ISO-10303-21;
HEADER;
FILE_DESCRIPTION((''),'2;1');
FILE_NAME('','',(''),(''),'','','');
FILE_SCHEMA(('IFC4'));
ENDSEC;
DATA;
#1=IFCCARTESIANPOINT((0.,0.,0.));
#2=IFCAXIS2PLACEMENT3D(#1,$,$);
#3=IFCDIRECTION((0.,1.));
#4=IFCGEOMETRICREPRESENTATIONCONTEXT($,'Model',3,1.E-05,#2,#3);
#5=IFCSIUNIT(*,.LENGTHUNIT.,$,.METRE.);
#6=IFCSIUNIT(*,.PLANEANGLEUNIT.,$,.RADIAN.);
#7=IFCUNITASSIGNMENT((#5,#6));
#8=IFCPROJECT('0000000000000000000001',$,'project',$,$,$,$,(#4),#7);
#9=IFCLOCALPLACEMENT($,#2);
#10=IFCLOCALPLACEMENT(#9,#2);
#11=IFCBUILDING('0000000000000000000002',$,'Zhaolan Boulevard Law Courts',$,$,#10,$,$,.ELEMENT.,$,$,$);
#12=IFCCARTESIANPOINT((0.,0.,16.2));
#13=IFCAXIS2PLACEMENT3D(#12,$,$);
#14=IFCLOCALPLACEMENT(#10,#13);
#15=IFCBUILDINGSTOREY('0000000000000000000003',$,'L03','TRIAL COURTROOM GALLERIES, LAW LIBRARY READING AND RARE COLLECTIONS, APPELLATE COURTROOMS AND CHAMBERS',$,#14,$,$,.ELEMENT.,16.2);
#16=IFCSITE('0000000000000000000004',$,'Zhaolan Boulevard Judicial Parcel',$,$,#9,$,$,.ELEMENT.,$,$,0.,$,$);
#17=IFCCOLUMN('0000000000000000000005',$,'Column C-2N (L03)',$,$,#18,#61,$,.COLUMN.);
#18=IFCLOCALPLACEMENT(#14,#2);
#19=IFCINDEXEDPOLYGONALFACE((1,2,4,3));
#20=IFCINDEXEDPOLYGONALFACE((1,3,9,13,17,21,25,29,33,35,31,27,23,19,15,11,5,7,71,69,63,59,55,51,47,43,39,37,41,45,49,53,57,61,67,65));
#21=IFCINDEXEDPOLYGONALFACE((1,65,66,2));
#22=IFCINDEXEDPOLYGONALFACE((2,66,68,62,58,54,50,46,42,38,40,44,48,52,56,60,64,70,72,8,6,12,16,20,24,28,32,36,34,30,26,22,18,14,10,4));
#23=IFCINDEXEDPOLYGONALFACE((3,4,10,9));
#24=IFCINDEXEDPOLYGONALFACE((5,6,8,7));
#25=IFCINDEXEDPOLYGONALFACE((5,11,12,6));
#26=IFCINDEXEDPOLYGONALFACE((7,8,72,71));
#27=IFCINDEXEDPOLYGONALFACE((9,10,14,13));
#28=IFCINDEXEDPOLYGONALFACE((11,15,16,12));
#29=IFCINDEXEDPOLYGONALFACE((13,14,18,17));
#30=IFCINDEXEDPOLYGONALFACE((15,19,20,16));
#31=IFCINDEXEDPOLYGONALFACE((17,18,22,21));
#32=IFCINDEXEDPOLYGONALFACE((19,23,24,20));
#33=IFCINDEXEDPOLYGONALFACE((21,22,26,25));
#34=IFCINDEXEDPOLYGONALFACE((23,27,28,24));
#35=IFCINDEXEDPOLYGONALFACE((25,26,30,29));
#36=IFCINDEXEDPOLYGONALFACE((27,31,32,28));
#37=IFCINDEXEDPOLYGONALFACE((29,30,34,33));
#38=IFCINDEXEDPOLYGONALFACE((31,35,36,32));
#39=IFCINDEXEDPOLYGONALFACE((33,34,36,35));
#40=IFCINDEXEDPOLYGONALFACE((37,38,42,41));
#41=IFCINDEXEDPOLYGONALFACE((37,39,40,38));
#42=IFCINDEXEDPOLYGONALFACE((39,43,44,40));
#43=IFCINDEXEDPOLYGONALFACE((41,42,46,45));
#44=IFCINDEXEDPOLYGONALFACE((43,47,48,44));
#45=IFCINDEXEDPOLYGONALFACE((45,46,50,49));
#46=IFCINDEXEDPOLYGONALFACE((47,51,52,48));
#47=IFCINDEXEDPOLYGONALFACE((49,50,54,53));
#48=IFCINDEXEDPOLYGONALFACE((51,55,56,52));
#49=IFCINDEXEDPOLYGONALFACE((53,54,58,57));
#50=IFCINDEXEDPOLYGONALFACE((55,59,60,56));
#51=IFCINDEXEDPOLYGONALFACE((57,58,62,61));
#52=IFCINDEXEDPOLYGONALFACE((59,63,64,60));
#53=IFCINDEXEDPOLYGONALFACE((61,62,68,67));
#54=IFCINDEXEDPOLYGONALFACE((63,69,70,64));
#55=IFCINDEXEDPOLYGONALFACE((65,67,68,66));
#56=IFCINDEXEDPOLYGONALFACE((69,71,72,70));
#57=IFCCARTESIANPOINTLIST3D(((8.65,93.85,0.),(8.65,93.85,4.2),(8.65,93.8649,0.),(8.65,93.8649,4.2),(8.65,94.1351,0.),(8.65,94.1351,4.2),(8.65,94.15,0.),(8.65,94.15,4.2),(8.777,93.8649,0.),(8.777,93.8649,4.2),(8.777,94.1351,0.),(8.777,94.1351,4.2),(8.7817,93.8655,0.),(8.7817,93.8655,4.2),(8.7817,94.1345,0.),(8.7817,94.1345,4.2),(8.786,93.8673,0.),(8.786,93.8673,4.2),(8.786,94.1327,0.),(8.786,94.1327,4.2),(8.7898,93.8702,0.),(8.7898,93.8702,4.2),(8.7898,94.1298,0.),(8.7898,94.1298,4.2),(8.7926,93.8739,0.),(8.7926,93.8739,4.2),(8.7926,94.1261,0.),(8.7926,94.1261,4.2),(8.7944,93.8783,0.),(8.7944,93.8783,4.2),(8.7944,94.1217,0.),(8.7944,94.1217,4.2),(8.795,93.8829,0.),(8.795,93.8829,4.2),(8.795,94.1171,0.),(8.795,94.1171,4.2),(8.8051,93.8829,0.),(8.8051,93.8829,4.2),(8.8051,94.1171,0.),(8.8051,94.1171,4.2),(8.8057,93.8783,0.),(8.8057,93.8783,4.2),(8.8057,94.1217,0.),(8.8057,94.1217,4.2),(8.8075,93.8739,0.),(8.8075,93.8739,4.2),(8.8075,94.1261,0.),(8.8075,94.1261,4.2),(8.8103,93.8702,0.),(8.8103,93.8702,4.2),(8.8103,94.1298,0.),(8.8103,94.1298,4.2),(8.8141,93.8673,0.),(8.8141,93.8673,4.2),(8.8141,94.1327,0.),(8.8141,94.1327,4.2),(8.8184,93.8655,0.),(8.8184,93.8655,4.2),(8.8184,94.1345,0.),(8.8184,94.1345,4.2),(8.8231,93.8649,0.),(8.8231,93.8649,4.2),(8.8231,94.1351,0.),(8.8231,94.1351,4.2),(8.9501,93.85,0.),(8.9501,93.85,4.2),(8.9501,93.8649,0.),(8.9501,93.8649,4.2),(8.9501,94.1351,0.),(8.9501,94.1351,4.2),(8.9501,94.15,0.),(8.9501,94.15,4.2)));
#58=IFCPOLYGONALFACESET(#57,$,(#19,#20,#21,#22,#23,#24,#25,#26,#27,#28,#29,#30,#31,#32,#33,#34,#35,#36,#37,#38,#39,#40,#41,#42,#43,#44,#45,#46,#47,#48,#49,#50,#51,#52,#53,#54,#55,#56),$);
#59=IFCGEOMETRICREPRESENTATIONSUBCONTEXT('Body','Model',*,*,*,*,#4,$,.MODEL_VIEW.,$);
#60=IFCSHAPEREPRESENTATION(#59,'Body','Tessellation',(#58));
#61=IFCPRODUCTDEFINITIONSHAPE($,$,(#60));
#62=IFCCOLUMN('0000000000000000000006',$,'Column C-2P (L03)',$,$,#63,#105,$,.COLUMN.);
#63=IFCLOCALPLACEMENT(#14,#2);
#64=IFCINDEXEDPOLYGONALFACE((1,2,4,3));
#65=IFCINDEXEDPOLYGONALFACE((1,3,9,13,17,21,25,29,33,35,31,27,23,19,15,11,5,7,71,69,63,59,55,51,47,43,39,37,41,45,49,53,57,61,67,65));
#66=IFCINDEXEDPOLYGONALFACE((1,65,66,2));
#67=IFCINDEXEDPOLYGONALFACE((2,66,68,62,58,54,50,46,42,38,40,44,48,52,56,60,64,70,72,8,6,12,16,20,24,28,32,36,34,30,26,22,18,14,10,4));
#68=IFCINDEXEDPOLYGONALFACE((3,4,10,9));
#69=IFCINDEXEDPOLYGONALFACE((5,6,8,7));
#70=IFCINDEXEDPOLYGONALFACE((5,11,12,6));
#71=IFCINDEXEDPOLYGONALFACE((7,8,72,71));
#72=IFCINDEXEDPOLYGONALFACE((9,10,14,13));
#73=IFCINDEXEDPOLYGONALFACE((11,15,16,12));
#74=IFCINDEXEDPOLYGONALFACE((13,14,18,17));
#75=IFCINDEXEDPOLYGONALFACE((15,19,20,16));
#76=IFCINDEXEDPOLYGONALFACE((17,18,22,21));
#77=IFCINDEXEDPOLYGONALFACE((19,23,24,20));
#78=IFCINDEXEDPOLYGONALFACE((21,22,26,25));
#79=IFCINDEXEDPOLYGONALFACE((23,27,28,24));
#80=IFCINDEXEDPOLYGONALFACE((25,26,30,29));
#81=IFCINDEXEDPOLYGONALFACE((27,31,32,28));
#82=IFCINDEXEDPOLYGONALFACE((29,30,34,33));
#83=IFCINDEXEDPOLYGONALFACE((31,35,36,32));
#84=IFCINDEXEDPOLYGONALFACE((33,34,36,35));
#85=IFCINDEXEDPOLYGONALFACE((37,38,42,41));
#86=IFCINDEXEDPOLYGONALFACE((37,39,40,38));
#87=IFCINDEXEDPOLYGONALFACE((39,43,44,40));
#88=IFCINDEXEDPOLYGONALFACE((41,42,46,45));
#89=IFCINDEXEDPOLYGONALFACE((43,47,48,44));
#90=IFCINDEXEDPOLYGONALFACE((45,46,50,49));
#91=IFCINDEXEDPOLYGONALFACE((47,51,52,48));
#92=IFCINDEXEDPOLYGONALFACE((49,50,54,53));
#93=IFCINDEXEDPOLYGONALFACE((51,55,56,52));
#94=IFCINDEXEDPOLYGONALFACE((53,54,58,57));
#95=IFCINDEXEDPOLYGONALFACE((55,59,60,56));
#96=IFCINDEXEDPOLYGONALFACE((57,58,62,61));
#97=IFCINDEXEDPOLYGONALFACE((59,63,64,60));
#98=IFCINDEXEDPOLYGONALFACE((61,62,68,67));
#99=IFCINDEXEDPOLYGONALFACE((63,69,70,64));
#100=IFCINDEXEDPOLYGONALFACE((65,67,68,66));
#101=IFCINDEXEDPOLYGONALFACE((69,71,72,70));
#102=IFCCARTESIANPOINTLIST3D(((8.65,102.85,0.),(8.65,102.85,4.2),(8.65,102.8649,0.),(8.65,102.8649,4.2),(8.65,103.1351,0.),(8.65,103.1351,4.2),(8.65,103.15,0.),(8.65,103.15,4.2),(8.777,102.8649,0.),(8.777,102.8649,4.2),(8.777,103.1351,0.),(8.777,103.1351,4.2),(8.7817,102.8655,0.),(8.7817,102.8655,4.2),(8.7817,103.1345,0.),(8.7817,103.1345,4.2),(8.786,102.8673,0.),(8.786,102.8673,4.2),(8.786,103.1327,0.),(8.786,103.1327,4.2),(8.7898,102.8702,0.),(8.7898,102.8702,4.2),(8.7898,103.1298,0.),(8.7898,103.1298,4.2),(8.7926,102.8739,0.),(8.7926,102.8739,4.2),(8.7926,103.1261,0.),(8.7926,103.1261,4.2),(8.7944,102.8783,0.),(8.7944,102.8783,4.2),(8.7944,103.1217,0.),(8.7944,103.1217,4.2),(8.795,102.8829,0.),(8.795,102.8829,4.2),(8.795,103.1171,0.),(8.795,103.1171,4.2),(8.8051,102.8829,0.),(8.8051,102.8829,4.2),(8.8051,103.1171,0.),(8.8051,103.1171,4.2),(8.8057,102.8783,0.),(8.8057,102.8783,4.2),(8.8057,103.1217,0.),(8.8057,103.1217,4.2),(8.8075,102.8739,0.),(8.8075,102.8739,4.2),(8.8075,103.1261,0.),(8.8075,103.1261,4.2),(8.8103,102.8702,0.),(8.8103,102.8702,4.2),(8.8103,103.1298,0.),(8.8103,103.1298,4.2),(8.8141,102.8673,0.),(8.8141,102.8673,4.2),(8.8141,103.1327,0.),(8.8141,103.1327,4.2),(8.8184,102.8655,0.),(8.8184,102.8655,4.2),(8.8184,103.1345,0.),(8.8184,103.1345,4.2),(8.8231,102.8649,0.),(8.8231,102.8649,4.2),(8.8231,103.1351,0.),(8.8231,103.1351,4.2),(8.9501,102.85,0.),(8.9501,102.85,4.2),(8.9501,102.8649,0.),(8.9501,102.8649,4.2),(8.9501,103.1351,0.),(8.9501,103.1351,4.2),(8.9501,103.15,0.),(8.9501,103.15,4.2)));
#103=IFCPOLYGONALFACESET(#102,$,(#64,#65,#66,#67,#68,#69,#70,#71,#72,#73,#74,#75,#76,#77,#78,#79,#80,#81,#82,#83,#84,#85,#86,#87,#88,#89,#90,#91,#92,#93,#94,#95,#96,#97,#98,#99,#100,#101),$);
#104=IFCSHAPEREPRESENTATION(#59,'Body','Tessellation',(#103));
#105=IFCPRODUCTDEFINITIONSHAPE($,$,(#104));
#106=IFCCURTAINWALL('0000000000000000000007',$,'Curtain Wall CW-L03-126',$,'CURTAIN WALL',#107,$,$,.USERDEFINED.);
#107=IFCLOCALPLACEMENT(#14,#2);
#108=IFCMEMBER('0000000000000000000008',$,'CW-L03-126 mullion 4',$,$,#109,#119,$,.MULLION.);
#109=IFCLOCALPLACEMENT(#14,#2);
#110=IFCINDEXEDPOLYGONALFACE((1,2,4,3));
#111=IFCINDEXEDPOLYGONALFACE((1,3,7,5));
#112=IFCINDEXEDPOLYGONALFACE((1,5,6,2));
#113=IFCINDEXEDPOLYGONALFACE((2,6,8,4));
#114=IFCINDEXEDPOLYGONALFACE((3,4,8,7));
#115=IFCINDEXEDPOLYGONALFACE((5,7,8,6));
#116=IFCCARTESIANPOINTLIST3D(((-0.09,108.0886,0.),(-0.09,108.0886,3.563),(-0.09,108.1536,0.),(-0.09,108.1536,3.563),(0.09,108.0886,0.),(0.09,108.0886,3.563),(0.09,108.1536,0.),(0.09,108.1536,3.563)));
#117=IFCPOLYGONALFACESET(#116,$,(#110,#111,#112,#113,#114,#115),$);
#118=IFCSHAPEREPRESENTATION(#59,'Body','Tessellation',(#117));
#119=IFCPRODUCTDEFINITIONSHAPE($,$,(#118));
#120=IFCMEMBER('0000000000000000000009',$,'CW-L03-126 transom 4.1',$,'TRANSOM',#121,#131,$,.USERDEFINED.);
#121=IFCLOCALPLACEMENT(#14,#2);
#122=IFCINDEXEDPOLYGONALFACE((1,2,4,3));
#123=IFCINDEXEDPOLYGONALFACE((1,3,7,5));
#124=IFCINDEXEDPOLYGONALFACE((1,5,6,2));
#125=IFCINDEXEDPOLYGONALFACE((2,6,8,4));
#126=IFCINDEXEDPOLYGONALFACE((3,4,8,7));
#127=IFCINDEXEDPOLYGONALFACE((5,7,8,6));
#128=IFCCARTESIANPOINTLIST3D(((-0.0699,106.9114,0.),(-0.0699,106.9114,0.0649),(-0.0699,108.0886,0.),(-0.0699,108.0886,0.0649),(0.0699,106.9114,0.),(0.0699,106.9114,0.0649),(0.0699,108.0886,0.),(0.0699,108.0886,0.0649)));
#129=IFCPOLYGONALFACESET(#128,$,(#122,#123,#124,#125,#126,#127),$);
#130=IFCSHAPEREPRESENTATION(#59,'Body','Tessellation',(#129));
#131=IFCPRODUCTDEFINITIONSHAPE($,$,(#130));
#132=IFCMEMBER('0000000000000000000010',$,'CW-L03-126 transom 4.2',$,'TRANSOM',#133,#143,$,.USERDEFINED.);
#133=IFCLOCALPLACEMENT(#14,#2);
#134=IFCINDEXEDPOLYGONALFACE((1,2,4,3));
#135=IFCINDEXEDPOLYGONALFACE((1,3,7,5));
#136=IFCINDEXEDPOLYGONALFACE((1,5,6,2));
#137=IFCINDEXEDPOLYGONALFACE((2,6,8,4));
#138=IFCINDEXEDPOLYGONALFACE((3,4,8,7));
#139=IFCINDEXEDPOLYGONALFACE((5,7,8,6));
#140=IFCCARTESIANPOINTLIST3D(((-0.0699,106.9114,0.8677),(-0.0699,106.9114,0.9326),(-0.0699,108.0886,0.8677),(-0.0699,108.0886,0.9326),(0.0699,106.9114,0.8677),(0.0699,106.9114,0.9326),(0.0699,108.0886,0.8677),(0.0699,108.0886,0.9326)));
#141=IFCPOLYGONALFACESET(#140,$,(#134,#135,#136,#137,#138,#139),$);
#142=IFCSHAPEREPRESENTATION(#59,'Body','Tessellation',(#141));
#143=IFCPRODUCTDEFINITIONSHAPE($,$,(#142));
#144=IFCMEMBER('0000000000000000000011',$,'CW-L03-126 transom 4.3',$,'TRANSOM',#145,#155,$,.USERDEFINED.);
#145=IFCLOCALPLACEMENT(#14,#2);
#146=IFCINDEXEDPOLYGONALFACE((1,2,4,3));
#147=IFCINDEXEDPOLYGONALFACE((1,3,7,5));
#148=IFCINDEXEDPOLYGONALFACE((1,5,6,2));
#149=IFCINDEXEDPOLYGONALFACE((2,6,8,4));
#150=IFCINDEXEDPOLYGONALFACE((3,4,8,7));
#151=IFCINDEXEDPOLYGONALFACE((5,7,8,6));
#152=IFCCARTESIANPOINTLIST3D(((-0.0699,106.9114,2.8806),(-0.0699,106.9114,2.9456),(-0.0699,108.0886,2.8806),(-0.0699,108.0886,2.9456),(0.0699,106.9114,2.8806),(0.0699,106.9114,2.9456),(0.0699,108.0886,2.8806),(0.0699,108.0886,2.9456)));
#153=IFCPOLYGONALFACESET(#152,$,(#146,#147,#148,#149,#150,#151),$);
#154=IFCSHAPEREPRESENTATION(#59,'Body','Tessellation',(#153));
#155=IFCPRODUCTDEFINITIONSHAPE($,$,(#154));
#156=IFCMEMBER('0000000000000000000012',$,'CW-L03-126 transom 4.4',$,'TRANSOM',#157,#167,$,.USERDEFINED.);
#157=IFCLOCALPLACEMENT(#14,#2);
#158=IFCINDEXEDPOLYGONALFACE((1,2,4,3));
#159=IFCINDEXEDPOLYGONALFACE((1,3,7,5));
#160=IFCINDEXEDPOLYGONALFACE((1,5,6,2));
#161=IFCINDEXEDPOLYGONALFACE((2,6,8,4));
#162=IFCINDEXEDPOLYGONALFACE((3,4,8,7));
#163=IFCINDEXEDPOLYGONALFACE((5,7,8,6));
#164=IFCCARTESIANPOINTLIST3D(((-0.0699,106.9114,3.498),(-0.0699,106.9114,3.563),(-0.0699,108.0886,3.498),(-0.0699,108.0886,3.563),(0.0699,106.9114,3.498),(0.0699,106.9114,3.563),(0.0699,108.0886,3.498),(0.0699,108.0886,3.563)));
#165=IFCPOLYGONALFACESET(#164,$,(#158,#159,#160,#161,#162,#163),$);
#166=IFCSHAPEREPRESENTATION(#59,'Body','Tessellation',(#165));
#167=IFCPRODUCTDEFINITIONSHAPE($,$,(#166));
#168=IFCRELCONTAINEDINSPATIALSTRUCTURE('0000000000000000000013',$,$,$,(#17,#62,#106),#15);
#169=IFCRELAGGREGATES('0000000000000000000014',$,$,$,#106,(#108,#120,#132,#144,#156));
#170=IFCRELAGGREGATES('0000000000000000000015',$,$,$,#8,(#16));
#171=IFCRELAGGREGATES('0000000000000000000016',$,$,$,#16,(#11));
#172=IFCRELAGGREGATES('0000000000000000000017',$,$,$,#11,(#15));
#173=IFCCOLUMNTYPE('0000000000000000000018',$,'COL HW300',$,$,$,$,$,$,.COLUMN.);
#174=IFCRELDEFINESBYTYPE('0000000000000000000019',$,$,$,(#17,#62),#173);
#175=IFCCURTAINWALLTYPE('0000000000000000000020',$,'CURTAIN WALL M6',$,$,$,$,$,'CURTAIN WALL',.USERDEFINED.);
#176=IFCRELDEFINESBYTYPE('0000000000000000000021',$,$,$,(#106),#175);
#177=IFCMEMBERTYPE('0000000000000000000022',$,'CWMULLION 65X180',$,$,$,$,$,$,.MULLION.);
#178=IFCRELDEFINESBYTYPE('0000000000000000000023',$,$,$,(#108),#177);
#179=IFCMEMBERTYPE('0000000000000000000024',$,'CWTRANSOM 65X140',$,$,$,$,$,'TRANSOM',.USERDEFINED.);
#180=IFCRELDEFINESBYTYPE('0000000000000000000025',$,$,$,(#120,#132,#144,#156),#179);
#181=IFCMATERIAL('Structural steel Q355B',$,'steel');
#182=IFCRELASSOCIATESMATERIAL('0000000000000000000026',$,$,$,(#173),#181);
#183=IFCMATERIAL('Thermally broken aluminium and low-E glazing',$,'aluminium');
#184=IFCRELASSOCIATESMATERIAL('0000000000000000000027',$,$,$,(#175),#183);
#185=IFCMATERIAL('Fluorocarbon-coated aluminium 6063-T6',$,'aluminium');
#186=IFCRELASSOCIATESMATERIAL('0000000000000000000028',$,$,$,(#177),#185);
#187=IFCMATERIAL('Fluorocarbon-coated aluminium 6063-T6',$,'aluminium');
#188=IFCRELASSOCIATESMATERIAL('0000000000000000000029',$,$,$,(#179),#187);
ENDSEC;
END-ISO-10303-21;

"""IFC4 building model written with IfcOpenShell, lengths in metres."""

from ifc_helpers import new_model, si_unit, direction, frame, origin, origin_2d, place, context, subcontext, project, spatial, rectangle, i_section, extrude, material, material_profile, profile_set, type_object, element, aggregate, save


model = new_model("IFC4")

# Units and contexts
model_context = context("Model", 3, precision=1e-05, world=origin(), true_north=direction((0.0, 1.0)))
body_context = subcontext(model_context, "Body", "Model", "MODEL_VIEW")
ifc_project = project(units=[si_unit("LENGTHUNIT", "METRE"), si_unit("PLANEANGLEUNIT", "RADIAN")], contexts=[model_context])

# Site, building, storey
site_placement = place(None, origin())
site = spatial("IfcSite", under=ifc_project, at=site_placement, Name="Zhaolan Boulevard Judicial Parcel", CompositionType="ELEMENT", RefElevation=0.0)
building_placement = place(site_placement, origin())
building = spatial("IfcBuilding", under=site, at=building_placement, Name="Zhaolan Boulevard Law Courts", CompositionType="ELEMENT")
storey_placement = place(building_placement, frame((0.0, 0.0, 16.2)))
storey = spatial("IfcBuildingStorey", under=building, at=storey_placement, Name="L03", Description="TRIAL COURTROOM GALLERIES, LAW LIBRARY READING AND RARE COLLECTIONS, APPELLATE COURTROOMS AND CHAMBERS", CompositionType="ELEMENT", Elevation=16.2)

# Columns
ifc_material_1 = material(Name="Structural steel Q355B", Category="steel")
ifc_material_profile_1 = material_profile(ifc_material_1, i_section(OverallWidth=0.3, OverallDepth=0.3, WebThickness=0.01, FlangeThickness=0.0149, FilletRadius=0.0181, at=origin_2d()), Name="HW300x300")
ifc_profile_set_1 = profile_set([ifc_material_profile_1], Name="Structural steel Q355B")
column_type = type_object("IfcColumnType", Name="COL HW300", PredefinedType="COLUMN", material=ifc_profile_set_1)
for number, where, z_axis, x_axis, name in (
    (1, (8.8, 94.0, 0.0), (0.0, 0.0, 1.0), (1.0, 0.0, 0.0), "Column C-2N (L03)"),
    (2, (8.8, 103.0, 0.0), (0.0, 0.0, 1.0), (1.0, 0.0, 0.0), "Column C-2P (L03)"),
):
    element("IfcColumn", number, at=place(storey_placement, frame(where, z_axis=z_axis, x_axis=x_axis)), inside=storey, type_object=column_type, Name=name, PredefinedType="COLUMN", context=body_context, shape_type="SweptSolid", body=[
        extrude(i_section(OverallWidth=0.3, OverallDepth=0.3, WebThickness=0.01, FlangeThickness=0.0149, FilletRadius=0.0181, at=origin_2d()), origin(), (0.0, 0.0, 1.0), 4.2),
    ])

# Curtain wall, members
ifc_material_2 = material(Name="Thermally broken aluminium and low-E glazing", Category="aluminium")
curtain_wall_type = type_object("IfcCurtainWallType", Name="CURTAIN WALL M6", ElementType="CURTAIN WALL", PredefinedType="USERDEFINED", material=ifc_material_2)
curtain_wall_placement = place(storey_placement, origin())
curtain_wall = element("IfcCurtainWall", 3, at=curtain_wall_placement, inside=storey, type_object=curtain_wall_type, Name="Curtain Wall CW-L03-126", ObjectType="CURTAIN WALL", PredefinedType="USERDEFINED")
ifc_material_3 = material(Name="Fluorocarbon-coated aluminium 6063-T6", Category="aluminium")
ifc_material_profile_2 = material_profile(ifc_material_3, rectangle(XDim=0.1799, YDim=0.0649, at=origin_2d()), Name="AL65x180")
ifc_profile_set_2 = profile_set([ifc_material_profile_2], Name="Fluorocarbon-coated aluminium 6063-T6")
member_type_1 = type_object("IfcMemberType", Name="CWMULLION 65X180", PredefinedType="MULLION", material=ifc_profile_set_2)
member_1_placement = place(storey_placement, frame((0.0, 108.1211, 0.0), z_axis=(0.0, 0.0, 1.0), x_axis=(1.0, 0.0, 0.0)))
member_1 = element("IfcMember", 4, at=member_1_placement, type_object=member_type_1, Name="CW-L03-126 mullion 4", PredefinedType="MULLION", context=body_context, shape_type="SweptSolid", body=[
    extrude(rectangle(XDim=0.1799, YDim=0.0649, at=origin_2d()), origin(), (0.0, 0.0, 1.0), 3.563),
])
ifc_material_4 = material(Name="Fluorocarbon-coated aluminium 6063-T6", Category="aluminium")
ifc_material_profile_3 = material_profile(ifc_material_4, rectangle(XDim=0.1399, YDim=0.0649, at=origin_2d()), Name="AL65x140")
ifc_profile_set_3 = profile_set([ifc_material_profile_3], Name="Fluorocarbon-coated aluminium 6063-T6")
member_type_2 = type_object("IfcMemberType", Name="CWTRANSOM 65X140", ElementType="TRANSOM", PredefinedType="USERDEFINED", material=ifc_profile_set_3)
member_2_placement = place(storey_placement, frame((0.0, 108.0886, 0.0325), z_axis=(0.0, -1.0, 0.0), x_axis=(1.0, 0.0, 0.0)))
member_2 = element("IfcMember", 5, at=member_2_placement, type_object=member_type_2, Name="CW-L03-126 transom 4.1", ObjectType="TRANSOM", PredefinedType="USERDEFINED", context=body_context, shape_type="SweptSolid", body=[
    extrude(rectangle(XDim=0.1399, YDim=0.0649, at=origin_2d()), origin(), (0.0, 0.0, 1.0), 1.1772),
])
member_3_placement = place(storey_placement, frame((0.0, 108.0886, 0.9001), z_axis=(0.0, -1.0, 0.0), x_axis=(1.0, 0.0, 0.0)))
member_3 = element("IfcMember", 6, at=member_3_placement, type_object=member_type_2, Name="CW-L03-126 transom 4.2", ObjectType="TRANSOM", PredefinedType="USERDEFINED", context=body_context, shape_type="SweptSolid", body=[
    extrude(rectangle(XDim=0.1399, YDim=0.0649, at=origin_2d()), origin(), (0.0, 0.0, 1.0), 1.1772),
])
member_4_placement = place(storey_placement, frame((0.0, 108.0886, 2.9131), z_axis=(0.0, -1.0, 0.0), x_axis=(1.0, 0.0, 0.0)))
member_4 = element("IfcMember", 7, at=member_4_placement, type_object=member_type_2, Name="CW-L03-126 transom 4.3", ObjectType="TRANSOM", PredefinedType="USERDEFINED", context=body_context, shape_type="SweptSolid", body=[
    extrude(rectangle(XDim=0.1399, YDim=0.0649, at=origin_2d()), origin(), (0.0, 0.0, 1.0), 1.1772),
])
member_5_placement = place(storey_placement, frame((0.0, 108.0886, 3.5305), z_axis=(0.0, -1.0, 0.0), x_axis=(1.0, 0.0, 0.0)))
member_5 = element("IfcMember", 8, at=member_5_placement, type_object=member_type_2, Name="CW-L03-126 transom 4.4", ObjectType="TRANSOM", PredefinedType="USERDEFINED", context=body_context, shape_type="SweptSolid", body=[
    extrude(rectangle(XDim=0.1399, YDim=0.0649, at=origin_2d()), origin(), (0.0, 0.0, 1.0), 1.1772),
])

aggregate(curtain_wall, [member_1, member_2, member_3, member_4, member_5])

save(model, "model.ifc")
